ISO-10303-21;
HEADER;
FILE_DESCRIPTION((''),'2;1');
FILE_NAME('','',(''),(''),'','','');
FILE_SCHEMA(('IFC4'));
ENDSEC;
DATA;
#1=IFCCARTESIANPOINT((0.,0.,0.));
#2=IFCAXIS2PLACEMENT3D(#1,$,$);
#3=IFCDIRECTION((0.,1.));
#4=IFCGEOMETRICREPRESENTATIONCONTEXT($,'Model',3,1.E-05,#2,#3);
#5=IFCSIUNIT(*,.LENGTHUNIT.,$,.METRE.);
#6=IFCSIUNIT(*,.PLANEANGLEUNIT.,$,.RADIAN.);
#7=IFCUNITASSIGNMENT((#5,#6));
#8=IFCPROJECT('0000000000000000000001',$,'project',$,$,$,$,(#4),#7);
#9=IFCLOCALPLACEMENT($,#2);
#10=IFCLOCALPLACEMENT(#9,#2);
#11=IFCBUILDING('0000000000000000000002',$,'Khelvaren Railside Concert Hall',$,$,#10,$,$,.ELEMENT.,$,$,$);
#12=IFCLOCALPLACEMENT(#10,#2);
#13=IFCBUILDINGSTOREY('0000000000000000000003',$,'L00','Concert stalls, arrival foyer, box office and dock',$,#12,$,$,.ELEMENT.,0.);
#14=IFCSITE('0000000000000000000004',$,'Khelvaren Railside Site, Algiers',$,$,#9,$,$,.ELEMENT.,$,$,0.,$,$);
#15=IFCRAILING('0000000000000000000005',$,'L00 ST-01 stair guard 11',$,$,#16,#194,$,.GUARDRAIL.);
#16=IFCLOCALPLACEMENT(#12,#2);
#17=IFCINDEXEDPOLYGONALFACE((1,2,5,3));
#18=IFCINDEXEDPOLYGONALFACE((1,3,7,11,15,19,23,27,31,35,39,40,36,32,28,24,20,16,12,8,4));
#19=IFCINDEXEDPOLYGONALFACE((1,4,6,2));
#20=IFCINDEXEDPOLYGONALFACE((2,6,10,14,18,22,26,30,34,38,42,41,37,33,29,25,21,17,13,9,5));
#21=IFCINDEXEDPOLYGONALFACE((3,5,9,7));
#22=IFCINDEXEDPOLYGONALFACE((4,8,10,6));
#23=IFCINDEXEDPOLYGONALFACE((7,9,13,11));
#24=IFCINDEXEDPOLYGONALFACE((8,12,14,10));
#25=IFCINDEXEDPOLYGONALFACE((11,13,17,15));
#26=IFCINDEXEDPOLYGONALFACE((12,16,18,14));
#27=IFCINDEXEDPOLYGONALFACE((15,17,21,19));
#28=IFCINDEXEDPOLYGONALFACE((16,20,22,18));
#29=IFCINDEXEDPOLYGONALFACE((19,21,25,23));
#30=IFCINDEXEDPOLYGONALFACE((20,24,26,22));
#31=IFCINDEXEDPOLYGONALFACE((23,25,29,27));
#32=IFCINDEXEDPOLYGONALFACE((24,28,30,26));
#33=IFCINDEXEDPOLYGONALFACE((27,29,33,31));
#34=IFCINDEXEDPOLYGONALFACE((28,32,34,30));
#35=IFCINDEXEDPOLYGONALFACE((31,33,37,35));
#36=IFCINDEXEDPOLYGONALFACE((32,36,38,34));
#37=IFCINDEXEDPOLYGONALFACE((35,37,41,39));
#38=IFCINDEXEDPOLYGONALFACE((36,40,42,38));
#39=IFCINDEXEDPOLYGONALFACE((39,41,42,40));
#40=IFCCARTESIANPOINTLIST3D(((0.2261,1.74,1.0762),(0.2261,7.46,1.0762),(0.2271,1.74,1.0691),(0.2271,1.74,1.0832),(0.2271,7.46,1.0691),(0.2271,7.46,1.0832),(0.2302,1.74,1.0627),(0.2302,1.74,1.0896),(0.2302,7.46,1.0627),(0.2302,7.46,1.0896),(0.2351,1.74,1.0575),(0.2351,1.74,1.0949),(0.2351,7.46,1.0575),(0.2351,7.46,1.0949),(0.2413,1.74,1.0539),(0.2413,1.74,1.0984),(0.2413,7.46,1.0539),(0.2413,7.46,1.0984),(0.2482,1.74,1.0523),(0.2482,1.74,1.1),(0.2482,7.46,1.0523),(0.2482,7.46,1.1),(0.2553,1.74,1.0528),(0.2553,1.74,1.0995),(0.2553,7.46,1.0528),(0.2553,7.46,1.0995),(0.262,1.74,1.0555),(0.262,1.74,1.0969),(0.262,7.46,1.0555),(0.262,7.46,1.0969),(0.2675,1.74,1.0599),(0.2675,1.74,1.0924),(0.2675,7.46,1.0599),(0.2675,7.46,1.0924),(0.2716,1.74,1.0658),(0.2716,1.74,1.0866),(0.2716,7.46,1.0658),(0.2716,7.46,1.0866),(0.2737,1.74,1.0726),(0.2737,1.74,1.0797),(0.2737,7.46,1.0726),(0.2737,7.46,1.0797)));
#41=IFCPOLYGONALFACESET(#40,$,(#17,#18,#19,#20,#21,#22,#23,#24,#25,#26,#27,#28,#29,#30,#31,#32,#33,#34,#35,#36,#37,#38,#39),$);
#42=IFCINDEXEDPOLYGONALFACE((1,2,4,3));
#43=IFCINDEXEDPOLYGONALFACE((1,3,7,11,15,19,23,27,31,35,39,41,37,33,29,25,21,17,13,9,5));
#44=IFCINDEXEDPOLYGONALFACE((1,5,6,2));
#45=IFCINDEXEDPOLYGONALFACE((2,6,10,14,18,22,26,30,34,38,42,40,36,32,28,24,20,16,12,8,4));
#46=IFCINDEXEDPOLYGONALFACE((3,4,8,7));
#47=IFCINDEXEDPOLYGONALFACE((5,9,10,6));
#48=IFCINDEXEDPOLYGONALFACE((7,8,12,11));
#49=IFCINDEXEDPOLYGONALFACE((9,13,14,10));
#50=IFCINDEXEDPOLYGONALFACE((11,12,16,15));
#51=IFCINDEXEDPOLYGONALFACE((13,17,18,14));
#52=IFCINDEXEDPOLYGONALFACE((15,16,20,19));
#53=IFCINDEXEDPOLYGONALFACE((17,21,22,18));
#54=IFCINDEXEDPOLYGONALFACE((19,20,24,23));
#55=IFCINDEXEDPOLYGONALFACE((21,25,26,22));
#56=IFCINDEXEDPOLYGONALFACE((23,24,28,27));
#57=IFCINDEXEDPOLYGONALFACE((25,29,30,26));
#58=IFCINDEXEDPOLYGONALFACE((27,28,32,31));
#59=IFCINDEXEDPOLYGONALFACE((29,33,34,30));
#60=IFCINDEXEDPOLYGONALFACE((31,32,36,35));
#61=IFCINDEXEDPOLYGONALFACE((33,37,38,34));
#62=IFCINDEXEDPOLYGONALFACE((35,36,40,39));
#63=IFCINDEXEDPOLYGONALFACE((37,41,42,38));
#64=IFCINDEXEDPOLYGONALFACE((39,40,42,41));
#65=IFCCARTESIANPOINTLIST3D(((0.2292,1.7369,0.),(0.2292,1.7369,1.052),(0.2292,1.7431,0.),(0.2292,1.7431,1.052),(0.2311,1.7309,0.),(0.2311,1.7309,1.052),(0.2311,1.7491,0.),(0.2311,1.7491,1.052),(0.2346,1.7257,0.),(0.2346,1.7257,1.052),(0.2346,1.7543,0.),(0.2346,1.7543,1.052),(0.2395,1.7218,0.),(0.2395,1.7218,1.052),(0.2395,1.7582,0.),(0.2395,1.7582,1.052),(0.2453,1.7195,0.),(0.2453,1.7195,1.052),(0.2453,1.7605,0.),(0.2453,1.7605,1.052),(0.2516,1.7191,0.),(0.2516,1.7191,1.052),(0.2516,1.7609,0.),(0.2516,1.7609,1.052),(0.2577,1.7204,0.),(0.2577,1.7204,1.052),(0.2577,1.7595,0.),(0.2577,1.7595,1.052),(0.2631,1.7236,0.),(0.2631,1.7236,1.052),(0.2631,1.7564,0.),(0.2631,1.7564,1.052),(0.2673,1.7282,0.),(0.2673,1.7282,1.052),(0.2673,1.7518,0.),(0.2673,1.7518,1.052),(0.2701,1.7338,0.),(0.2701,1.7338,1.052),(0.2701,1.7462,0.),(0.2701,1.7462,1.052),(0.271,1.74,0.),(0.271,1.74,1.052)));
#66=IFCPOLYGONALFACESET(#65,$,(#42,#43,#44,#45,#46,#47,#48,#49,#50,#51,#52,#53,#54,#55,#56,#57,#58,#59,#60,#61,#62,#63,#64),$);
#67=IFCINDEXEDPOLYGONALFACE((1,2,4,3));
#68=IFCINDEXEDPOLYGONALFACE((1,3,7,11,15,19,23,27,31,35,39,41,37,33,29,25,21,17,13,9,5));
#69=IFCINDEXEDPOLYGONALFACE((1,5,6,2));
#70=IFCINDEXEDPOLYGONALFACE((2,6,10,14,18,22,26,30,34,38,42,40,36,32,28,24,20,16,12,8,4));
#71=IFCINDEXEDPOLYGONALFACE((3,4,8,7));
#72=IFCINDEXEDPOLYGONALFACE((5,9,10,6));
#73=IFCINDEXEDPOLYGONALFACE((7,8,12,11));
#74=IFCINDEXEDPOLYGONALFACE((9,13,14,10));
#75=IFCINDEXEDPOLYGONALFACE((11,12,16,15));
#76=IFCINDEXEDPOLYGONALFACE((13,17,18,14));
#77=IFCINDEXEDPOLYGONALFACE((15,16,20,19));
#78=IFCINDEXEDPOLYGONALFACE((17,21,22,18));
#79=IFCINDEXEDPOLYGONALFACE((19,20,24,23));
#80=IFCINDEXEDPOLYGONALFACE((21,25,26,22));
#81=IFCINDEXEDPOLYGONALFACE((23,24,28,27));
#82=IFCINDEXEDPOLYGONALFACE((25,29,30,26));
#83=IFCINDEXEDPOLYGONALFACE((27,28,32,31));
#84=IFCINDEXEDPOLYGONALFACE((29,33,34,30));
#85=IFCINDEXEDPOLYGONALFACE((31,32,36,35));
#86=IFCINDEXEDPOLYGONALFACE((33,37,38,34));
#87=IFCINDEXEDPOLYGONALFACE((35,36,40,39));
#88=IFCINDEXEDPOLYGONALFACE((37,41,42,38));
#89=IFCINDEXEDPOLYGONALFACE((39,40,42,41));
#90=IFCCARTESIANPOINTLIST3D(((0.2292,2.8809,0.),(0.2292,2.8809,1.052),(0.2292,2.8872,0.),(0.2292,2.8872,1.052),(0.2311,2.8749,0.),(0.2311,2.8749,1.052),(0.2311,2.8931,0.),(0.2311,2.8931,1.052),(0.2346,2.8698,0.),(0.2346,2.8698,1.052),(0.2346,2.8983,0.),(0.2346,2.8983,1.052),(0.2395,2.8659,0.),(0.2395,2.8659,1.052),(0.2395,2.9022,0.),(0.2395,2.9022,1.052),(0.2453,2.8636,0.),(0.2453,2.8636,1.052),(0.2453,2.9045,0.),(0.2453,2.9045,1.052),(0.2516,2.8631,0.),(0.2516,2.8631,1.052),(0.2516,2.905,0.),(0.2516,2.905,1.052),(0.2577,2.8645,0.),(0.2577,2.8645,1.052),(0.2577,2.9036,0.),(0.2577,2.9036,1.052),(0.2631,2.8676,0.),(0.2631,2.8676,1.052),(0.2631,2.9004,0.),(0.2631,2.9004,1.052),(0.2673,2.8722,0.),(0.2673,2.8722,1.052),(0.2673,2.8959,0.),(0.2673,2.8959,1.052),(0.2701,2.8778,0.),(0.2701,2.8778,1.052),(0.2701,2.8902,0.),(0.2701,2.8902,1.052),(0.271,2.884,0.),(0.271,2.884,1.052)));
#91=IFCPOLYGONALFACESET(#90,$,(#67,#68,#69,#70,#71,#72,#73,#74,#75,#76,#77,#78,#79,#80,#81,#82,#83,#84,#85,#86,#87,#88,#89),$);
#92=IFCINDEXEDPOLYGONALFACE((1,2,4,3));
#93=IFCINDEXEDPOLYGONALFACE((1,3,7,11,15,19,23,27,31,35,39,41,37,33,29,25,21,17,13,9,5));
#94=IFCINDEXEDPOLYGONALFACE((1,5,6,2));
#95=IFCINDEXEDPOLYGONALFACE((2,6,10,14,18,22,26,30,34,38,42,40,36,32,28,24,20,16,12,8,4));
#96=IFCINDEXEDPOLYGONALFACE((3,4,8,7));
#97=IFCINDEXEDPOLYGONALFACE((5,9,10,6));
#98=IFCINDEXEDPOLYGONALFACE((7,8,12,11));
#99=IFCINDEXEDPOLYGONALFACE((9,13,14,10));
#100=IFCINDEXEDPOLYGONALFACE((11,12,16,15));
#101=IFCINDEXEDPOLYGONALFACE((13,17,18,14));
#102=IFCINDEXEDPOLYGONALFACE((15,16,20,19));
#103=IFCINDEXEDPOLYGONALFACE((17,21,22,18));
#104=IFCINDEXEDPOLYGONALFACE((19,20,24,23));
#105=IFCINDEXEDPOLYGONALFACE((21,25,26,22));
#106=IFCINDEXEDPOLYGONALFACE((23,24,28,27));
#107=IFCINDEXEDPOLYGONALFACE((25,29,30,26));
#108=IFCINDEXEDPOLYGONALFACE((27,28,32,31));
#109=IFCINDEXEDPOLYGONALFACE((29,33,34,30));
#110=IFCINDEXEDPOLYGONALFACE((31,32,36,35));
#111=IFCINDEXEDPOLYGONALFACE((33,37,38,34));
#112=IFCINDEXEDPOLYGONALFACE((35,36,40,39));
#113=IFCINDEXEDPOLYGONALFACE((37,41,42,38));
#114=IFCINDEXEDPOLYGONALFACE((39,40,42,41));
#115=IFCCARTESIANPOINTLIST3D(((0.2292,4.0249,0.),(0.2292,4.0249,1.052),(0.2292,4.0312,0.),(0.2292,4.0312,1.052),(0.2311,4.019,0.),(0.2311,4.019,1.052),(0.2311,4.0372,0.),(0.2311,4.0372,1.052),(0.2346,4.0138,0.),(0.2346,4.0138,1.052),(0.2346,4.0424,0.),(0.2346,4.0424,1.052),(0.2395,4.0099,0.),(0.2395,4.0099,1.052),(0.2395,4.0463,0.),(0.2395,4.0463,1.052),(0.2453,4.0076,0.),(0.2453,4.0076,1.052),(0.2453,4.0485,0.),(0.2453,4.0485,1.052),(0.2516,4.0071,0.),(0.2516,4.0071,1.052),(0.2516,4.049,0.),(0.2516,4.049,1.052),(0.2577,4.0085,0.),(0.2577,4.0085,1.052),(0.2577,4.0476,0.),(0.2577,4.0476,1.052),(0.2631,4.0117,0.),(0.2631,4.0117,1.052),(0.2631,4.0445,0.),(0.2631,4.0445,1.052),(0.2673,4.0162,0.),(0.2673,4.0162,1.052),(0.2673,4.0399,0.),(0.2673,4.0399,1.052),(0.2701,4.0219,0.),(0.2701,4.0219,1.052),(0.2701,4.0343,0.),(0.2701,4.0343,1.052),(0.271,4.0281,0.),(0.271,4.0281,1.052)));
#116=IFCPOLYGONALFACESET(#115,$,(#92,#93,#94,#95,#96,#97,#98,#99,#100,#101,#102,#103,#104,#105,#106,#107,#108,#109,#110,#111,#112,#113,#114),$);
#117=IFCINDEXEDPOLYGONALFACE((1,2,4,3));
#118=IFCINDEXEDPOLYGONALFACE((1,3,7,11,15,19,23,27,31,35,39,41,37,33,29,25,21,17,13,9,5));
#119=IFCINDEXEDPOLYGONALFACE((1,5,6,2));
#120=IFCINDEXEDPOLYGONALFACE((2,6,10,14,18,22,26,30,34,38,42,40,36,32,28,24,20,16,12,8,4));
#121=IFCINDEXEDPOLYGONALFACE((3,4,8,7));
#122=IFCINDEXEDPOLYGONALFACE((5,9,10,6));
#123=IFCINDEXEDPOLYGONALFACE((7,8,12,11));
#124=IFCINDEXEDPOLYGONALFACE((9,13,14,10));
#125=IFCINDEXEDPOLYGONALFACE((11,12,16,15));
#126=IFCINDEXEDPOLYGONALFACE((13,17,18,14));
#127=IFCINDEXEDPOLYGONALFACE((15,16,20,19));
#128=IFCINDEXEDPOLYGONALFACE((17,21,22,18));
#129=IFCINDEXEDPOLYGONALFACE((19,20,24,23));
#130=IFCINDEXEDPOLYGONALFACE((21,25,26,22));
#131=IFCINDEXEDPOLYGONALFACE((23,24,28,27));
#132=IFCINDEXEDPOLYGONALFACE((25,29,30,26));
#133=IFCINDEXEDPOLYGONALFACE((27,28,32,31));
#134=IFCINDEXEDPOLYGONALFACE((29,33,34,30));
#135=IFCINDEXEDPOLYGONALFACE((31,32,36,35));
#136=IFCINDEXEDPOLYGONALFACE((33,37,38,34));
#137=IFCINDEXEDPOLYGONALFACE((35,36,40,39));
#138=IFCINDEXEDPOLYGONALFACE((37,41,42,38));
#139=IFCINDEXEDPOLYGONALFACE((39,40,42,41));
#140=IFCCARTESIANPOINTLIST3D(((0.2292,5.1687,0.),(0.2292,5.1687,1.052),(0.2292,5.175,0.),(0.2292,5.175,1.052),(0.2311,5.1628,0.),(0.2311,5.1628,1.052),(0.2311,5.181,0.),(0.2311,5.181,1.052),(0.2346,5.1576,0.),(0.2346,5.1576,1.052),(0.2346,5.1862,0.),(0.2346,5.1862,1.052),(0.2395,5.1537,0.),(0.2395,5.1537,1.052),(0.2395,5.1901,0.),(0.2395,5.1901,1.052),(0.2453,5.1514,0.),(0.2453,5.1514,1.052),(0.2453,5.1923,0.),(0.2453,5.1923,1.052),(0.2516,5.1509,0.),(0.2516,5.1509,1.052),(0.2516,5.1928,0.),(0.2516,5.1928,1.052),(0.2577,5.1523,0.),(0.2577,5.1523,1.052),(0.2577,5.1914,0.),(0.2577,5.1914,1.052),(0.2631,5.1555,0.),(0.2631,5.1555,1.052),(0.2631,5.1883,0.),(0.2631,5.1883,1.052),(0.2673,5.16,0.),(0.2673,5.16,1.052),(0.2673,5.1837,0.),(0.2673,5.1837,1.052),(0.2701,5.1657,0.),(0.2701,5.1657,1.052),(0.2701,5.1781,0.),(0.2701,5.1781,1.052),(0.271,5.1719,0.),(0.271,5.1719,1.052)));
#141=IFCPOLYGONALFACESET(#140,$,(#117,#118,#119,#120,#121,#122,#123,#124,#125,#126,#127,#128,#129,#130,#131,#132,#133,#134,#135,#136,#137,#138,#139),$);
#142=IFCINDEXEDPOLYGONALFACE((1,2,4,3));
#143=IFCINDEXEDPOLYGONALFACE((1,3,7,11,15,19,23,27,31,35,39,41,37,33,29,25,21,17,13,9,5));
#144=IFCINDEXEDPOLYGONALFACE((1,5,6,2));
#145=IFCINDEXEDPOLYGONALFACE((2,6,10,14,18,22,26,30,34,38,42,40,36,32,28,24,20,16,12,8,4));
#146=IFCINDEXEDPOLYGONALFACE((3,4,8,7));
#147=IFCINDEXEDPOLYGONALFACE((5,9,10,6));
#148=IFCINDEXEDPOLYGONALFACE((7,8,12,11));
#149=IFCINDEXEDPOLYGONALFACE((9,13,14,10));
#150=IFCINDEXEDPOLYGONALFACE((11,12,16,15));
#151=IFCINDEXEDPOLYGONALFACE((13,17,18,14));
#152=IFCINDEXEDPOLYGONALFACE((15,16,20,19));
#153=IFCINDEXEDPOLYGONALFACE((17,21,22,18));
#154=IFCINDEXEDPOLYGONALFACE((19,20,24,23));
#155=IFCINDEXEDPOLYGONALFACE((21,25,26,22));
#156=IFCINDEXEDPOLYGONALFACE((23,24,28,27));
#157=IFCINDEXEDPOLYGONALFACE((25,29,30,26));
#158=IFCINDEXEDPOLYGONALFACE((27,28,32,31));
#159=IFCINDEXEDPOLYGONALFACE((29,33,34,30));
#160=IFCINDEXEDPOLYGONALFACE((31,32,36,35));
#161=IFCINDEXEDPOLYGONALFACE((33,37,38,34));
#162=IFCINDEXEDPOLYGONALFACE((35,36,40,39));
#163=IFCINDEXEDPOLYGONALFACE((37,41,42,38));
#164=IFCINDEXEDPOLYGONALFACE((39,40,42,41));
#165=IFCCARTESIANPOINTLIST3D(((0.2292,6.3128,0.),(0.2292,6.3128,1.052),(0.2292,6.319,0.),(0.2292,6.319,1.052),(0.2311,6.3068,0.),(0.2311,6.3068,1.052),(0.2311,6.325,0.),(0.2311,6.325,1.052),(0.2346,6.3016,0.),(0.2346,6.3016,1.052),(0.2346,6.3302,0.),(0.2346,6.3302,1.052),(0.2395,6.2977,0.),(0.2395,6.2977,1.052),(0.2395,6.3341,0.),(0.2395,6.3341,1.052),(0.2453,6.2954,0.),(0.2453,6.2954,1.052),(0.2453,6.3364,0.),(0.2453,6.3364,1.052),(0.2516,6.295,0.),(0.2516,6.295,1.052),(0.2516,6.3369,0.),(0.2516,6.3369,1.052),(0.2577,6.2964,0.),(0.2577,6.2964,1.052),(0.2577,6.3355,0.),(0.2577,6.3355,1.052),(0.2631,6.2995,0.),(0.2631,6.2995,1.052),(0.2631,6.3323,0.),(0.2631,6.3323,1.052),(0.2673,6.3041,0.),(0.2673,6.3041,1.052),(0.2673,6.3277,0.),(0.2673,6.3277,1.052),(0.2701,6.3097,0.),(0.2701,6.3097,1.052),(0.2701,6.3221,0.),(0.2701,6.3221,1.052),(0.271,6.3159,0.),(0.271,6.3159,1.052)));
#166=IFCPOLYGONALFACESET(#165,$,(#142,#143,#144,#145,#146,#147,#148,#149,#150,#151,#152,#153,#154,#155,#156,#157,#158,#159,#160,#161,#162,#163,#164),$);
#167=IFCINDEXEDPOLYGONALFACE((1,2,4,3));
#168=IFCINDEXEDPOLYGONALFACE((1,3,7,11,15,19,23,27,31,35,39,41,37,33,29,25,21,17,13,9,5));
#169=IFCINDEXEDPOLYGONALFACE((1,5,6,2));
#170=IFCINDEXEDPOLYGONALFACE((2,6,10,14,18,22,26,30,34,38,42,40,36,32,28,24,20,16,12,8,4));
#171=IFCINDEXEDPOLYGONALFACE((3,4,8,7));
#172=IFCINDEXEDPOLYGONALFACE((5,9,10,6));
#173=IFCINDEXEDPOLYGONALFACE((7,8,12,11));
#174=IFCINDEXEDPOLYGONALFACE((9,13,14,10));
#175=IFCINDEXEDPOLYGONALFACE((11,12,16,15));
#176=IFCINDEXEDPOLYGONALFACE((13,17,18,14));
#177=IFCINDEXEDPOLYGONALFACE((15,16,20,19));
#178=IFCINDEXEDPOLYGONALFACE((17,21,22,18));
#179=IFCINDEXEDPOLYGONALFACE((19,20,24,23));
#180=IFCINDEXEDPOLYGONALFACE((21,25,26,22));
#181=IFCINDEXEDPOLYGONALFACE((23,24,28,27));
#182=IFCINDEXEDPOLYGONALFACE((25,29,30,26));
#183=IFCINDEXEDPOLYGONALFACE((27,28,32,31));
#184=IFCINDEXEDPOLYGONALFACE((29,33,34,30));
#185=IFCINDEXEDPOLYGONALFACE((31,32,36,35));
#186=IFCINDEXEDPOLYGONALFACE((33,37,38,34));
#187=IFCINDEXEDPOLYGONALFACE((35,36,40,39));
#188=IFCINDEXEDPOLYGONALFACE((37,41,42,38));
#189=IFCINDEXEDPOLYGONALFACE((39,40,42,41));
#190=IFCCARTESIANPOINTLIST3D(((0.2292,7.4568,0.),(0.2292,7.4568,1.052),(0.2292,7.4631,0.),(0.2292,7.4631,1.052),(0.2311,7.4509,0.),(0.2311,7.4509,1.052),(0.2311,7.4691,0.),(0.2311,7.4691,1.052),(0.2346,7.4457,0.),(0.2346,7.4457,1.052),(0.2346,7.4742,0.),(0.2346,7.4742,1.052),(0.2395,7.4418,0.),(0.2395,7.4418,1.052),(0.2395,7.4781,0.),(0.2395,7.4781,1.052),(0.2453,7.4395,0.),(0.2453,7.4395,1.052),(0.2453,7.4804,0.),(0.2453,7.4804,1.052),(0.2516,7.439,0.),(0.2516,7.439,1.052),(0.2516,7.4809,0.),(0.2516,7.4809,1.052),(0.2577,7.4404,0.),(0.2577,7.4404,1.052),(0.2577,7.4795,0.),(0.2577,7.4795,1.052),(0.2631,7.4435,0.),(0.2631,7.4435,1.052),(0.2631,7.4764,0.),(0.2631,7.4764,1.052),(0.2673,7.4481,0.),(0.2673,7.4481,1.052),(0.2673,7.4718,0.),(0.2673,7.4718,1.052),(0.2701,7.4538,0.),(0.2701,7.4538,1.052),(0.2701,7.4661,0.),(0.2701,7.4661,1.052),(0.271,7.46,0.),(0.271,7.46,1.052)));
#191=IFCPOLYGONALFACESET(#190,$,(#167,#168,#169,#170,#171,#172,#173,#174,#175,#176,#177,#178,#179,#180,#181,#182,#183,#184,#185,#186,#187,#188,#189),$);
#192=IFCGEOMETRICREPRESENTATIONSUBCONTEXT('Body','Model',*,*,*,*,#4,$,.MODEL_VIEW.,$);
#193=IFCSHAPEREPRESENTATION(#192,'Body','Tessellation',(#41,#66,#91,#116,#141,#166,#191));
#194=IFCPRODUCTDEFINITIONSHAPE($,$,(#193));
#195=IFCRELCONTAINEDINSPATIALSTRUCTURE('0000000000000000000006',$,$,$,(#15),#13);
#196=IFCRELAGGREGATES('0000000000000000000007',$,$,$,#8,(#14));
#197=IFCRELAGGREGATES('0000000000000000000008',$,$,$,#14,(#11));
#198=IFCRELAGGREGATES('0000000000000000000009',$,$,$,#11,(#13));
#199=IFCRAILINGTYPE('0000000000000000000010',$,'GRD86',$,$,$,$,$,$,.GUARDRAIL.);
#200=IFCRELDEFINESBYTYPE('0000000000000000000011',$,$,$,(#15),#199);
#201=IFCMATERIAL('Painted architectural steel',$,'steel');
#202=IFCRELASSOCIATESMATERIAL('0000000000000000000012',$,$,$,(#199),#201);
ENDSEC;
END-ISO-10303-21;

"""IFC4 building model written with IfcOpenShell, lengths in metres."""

from ifc_helpers import new_model, si_unit, direction, frame, origin, origin_2d, place, context, subcontext, project, spatial, circle, extrude, material, type_object, element, save


model = new_model("IFC4")

# Units and contexts
model_context = context("Model", 3, precision=1e-05, world=origin(), true_north=direction((0.0, 1.0)))
body_context = subcontext(model_context, "Body", "Model", "MODEL_VIEW")
ifc_project = project(units=[si_unit("LENGTHUNIT", "METRE"), si_unit("PLANEANGLEUNIT", "RADIAN")], contexts=[model_context])

# Site, building, storey
site_placement = place(None, origin())
site = spatial("IfcSite", under=ifc_project, at=site_placement, Name="Khelvaren Railside Site, Algiers", CompositionType="ELEMENT", RefElevation=0.0)
building_placement = place(site_placement, origin())
building = spatial("IfcBuilding", under=site, at=building_placement, Name="Khelvaren Railside Concert Hall", CompositionType="ELEMENT")
storey_placement = place(building_placement, origin())
storey = spatial("IfcBuildingStorey", under=building, at=storey_placement, Name="L00", Description="Concert stalls, arrival foyer, box office and dock", CompositionType="ELEMENT", Elevation=0.0)

# Railing
ifc_material_1 = material(Name="Painted architectural steel", Category="steel")
railing_type_1 = type_object("IfcRailingType", Name="GRD86", PredefinedType="GUARDRAIL", material=ifc_material_1)
for number, where, name in (
    (1, (0.25, 1.74, 0.0), "L00 ST-01 stair guard 11"),
):
    element("IfcRailing", number, at=place(storey_placement, frame(where)), inside=storey, type_object=railing_type_1, Name=name, PredefinedType="GUARDRAIL", context=body_context, shape_type="SweptSolid", body=[
        extrude(circle(Radius=0.0239, at=origin_2d()), frame((0.0, 0.0, 1.0762), z_axis=(0.0, 1.0, 0.0), x_axis=(-1.0, 0.0, 0.0)), (0.0, 0.0, 1.0), 5.72),
        extrude(circle(Radius=0.021, at=origin_2d()), origin(), (0.0, 0.0, 1.0), 1.052),
        extrude(circle(Radius=0.021, at=origin_2d()), frame((0.0, 1.144, 0.0)), (0.0, 0.0, 1.0), 1.052),
        extrude(circle(Radius=0.021, at=origin_2d()), frame((0.0, 2.2881, 0.0)), (0.0, 0.0, 1.0), 1.052),
        extrude(circle(Radius=0.021, at=origin_2d()), frame((0.0, 3.4319, 0.0)), (0.0, 0.0, 1.0), 1.052),
        extrude(circle(Radius=0.021, at=origin_2d()), frame((0.0, 4.5759, 0.0)), (0.0, 0.0, 1.0), 1.052),
        extrude(circle(Radius=0.021, at=origin_2d()), frame((0.0, 5.72, 0.0)), (0.0, 0.0, 1.0), 1.052),
    ])

save(model, "model.ifc")
